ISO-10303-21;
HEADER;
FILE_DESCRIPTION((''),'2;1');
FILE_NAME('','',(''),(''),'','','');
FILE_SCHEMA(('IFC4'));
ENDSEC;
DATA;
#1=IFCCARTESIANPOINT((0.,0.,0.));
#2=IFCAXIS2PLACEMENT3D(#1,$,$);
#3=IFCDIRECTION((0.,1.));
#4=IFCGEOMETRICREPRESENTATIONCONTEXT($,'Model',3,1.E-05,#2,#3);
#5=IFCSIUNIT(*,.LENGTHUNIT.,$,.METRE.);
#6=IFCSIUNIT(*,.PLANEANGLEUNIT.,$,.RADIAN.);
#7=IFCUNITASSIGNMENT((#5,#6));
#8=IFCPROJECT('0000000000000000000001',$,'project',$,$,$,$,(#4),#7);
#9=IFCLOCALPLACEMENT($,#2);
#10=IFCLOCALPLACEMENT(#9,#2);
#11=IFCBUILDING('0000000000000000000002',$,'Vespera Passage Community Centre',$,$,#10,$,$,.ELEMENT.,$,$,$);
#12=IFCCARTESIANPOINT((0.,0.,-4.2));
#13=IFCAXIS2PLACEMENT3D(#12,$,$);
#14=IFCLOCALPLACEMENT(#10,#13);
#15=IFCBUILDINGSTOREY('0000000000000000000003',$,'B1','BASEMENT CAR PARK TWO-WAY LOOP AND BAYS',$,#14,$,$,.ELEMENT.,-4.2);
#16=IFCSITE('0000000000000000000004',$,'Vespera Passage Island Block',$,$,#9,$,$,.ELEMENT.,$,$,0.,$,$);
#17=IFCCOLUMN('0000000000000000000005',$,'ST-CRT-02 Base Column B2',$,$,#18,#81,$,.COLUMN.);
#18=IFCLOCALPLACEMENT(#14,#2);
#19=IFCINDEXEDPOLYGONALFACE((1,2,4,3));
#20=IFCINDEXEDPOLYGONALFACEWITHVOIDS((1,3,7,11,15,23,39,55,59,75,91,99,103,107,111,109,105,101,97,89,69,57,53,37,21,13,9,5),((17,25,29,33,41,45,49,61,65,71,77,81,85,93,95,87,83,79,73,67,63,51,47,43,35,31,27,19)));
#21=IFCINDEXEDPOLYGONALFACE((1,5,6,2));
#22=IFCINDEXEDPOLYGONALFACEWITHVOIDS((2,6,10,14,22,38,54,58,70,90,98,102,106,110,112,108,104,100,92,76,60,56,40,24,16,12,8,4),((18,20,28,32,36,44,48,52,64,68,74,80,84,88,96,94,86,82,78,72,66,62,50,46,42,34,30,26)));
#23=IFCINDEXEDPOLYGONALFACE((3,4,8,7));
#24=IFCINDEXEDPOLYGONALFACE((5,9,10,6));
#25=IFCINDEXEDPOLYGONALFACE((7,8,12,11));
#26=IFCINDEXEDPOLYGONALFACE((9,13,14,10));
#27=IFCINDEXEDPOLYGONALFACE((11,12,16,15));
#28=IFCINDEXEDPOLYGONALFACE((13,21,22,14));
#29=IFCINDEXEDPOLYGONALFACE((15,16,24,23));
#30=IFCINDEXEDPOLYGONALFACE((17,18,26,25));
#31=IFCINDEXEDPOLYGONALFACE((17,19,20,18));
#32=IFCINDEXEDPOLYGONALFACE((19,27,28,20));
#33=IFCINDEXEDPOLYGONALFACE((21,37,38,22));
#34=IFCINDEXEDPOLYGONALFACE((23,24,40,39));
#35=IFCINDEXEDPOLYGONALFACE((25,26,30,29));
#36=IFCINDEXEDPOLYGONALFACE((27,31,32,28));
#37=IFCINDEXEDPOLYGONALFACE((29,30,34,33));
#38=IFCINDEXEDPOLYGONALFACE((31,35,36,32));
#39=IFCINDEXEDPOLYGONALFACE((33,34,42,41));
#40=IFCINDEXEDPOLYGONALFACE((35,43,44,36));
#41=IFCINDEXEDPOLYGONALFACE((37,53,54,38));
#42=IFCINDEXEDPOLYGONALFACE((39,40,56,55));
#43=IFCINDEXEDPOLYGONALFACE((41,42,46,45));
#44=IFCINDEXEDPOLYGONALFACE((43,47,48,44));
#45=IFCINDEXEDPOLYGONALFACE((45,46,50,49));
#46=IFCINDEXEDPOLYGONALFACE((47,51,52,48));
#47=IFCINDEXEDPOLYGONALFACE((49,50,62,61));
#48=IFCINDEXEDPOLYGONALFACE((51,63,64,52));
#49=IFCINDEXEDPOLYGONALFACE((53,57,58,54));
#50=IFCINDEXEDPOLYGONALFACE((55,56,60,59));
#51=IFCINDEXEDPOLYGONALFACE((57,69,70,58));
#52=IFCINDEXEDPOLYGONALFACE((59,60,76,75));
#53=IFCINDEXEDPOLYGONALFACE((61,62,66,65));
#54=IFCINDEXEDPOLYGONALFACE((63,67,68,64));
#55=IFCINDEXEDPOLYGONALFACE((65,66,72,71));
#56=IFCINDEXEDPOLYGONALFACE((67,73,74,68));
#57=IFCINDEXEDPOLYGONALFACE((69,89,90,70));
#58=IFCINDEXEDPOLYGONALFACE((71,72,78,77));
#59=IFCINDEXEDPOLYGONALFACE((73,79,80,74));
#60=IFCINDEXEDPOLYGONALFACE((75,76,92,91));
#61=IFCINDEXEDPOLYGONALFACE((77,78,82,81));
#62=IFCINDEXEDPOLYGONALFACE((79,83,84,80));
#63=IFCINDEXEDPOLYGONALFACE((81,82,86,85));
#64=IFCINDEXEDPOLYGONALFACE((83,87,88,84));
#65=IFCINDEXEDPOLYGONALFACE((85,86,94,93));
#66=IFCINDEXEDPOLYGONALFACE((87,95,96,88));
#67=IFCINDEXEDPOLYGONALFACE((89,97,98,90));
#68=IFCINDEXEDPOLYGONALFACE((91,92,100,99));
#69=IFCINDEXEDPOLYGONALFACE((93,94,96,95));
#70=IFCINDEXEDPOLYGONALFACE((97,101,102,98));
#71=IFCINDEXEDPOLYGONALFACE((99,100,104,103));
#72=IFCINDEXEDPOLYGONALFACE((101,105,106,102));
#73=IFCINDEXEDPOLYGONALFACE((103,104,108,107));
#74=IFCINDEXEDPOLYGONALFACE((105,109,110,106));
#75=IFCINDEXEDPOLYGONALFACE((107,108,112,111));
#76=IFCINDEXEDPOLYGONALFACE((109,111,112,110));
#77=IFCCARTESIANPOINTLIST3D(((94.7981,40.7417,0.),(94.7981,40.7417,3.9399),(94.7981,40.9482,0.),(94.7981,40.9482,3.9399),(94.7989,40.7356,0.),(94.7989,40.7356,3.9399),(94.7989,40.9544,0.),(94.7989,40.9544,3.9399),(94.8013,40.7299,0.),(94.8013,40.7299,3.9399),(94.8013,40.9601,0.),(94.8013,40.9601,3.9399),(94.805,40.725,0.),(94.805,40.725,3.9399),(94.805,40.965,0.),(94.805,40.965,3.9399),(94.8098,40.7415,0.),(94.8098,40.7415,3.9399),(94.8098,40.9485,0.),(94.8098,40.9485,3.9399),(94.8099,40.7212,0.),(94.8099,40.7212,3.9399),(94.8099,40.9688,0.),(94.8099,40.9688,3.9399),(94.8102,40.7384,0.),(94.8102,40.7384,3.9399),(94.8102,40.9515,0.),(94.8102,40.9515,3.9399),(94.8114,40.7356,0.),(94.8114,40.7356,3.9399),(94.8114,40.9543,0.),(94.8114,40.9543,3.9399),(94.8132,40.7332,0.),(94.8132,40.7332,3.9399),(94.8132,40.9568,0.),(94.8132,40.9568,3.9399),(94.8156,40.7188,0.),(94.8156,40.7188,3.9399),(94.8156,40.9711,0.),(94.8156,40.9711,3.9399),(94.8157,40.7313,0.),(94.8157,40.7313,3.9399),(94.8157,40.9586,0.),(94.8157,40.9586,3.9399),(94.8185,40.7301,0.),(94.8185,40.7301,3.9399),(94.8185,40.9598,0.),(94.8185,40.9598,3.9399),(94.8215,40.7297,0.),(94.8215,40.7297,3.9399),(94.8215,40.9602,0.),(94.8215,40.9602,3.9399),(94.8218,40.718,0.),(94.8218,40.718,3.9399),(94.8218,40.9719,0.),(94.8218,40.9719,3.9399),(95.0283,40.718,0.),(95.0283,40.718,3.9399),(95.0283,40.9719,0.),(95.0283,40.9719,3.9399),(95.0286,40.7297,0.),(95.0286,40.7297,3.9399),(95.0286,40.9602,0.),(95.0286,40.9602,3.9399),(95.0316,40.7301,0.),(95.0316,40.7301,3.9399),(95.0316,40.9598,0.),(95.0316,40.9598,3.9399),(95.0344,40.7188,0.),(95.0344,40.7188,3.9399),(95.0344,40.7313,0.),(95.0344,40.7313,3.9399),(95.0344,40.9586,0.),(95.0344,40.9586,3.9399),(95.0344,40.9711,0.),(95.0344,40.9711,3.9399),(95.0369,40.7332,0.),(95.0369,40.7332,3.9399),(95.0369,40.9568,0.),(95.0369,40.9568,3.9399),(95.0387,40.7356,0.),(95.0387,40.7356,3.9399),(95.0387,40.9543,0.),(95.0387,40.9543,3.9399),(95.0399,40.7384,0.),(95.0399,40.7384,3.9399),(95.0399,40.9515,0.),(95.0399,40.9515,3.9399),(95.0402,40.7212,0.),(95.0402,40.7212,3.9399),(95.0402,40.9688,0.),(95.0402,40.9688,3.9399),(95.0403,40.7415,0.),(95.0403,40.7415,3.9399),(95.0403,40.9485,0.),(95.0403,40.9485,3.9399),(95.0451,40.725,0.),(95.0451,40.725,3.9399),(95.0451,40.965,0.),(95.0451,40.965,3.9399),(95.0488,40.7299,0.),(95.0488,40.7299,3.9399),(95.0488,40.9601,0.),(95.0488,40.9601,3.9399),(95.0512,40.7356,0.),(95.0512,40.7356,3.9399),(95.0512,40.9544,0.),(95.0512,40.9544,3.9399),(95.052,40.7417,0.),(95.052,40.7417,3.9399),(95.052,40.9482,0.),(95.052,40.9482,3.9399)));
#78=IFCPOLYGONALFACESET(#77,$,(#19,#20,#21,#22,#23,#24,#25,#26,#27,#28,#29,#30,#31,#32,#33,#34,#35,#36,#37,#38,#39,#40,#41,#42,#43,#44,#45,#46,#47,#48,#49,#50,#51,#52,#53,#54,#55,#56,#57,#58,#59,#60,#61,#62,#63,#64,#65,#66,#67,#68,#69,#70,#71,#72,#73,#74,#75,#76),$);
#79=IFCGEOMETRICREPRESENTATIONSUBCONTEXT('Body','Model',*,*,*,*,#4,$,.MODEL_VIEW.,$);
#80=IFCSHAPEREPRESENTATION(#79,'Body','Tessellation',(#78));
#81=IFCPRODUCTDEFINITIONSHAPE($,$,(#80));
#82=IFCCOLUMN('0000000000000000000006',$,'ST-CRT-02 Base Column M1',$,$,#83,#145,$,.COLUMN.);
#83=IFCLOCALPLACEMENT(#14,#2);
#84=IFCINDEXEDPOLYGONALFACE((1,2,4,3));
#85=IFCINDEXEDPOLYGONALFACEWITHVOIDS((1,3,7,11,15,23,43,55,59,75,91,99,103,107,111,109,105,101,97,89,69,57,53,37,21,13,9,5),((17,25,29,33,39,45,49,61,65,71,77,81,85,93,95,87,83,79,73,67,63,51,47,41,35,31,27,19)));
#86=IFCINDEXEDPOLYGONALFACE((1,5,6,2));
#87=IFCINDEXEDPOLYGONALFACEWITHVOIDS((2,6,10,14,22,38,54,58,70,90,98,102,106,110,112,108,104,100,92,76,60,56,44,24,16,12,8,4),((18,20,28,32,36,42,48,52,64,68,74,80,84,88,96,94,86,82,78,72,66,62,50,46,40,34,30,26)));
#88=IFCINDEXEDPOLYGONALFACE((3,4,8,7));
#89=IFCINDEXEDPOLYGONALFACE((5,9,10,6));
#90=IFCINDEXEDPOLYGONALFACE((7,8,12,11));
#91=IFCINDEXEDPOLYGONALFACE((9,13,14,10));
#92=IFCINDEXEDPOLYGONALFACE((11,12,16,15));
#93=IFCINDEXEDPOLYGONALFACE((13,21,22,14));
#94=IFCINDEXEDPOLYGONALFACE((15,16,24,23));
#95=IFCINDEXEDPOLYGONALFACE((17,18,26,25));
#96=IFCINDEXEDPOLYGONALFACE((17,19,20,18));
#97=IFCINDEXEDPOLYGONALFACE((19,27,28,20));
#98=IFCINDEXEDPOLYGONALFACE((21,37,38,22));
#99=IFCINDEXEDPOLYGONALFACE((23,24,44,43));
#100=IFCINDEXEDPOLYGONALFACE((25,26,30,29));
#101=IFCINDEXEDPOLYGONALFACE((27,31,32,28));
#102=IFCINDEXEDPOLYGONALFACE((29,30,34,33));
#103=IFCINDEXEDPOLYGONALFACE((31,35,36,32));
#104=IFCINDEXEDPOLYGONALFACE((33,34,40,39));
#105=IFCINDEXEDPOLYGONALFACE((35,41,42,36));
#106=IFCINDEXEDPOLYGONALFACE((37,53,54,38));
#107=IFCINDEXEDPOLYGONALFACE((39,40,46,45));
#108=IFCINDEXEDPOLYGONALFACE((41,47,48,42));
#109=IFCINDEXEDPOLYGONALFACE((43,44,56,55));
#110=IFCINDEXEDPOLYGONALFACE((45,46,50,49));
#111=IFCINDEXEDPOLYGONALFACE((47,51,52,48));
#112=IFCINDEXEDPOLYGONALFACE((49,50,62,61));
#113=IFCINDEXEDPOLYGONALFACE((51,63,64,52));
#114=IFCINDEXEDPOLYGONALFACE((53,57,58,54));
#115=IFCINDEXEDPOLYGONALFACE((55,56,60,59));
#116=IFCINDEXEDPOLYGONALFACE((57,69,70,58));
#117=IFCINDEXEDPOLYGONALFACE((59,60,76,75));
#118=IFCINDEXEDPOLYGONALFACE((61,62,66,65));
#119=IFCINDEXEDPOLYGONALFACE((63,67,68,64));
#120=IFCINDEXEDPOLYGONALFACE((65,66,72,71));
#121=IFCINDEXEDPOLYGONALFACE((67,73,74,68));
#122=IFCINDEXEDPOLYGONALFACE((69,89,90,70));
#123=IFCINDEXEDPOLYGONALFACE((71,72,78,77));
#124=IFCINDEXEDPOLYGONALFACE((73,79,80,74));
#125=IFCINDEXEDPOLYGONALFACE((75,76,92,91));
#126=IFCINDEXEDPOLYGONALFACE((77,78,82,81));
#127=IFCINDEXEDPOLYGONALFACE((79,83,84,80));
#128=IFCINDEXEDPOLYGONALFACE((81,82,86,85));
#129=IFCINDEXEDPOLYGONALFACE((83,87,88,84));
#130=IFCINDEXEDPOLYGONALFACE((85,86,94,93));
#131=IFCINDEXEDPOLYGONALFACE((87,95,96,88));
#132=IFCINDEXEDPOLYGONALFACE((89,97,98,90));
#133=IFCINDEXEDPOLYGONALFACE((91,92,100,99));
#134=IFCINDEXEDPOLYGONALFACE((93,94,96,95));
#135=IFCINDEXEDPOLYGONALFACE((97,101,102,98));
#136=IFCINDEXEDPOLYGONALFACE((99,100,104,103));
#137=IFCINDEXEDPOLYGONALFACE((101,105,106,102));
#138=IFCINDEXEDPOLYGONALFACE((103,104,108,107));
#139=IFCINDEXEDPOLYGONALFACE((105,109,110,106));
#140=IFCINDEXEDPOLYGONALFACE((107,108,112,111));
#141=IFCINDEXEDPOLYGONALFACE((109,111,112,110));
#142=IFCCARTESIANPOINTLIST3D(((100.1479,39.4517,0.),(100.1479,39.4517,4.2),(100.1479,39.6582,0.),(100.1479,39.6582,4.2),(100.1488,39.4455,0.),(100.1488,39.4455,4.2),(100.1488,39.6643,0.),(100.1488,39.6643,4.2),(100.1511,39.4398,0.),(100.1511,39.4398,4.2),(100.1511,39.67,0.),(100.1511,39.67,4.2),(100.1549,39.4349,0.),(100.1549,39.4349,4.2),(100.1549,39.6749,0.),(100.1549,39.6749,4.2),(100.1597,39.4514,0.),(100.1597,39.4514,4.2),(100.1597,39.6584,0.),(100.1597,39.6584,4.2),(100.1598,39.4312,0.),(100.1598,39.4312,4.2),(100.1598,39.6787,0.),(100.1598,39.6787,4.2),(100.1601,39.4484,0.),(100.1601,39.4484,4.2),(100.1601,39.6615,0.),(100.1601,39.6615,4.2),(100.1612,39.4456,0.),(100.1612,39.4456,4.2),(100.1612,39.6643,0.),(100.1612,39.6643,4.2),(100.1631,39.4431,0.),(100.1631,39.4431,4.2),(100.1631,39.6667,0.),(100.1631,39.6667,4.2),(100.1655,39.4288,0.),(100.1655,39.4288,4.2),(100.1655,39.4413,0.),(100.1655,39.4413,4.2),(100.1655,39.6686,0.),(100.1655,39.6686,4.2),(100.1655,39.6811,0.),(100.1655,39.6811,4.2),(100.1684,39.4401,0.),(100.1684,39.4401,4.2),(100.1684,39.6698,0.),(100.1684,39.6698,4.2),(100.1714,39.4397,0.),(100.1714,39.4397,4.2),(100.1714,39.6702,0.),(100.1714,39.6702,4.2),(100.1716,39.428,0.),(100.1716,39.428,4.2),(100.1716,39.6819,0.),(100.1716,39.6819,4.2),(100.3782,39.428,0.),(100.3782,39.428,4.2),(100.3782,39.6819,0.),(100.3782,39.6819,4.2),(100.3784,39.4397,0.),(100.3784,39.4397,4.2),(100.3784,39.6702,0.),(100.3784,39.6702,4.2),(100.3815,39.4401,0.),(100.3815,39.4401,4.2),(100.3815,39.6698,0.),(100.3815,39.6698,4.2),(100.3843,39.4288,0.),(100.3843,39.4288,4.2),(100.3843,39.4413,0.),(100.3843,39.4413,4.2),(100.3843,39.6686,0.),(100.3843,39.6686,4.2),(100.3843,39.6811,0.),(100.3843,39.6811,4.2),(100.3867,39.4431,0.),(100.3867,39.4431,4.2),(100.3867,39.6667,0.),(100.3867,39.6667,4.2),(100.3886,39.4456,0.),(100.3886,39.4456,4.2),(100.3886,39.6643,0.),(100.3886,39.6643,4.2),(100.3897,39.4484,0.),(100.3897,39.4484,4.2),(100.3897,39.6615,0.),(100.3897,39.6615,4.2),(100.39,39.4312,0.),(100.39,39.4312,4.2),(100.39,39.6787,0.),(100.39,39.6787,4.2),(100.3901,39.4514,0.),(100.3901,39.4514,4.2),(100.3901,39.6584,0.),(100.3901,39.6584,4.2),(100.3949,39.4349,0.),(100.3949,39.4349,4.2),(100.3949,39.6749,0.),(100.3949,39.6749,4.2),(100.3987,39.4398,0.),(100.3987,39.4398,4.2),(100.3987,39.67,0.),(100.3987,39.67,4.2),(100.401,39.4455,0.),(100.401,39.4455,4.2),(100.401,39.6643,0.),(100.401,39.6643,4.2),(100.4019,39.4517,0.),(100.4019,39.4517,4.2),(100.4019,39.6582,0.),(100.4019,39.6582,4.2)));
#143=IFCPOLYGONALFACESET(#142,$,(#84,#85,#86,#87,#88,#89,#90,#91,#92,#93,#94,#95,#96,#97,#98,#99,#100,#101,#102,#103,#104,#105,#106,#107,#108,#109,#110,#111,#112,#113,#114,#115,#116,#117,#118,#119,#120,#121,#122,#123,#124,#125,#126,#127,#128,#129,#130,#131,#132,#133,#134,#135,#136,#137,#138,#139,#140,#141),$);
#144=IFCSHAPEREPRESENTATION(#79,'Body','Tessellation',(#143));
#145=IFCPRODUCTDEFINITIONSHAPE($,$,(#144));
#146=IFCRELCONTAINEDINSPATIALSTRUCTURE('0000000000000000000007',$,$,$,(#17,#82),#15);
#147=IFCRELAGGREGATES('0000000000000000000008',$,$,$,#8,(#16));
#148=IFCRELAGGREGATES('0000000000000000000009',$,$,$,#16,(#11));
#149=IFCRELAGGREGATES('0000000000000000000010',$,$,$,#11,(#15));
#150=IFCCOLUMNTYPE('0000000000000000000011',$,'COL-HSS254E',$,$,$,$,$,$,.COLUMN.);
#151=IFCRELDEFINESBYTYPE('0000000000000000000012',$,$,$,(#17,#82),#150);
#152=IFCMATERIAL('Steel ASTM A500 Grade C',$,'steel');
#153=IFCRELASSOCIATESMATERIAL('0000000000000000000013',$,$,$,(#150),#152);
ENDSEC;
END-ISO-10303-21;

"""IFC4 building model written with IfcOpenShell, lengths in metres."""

from ifc_helpers import new_model, si_unit, direction, frame, origin, origin_2d, place, context, subcontext, project, spatial, hollow_rectangle, extrude, material, material_profile, profile_set, type_object, element, save


model = new_model("IFC4")

# Units and contexts
model_context = context("Model", 3, precision=1e-05, world=origin(), true_north=direction((0.0, 1.0)))
body_context = subcontext(model_context, "Body", "Model", "MODEL_VIEW")
ifc_project = project(units=[si_unit("LENGTHUNIT", "METRE"), si_unit("PLANEANGLEUNIT", "RADIAN")], contexts=[model_context])

# Site, building, storey
site_placement = place(None, origin())
site = spatial("IfcSite", under=ifc_project, at=site_placement, Name="Vespera Passage Island Block", CompositionType="ELEMENT", RefElevation=0.0)
building_placement = place(site_placement, origin())
building = spatial("IfcBuilding", under=site, at=building_placement, Name="Vespera Passage Community Centre", CompositionType="ELEMENT")
storey_placement = place(building_placement, frame((0.0, 0.0, -4.2)))
storey = spatial("IfcBuildingStorey", under=building, at=storey_placement, Name="B1", Description="BASEMENT CAR PARK TWO-WAY LOOP AND BAYS", CompositionType="ELEMENT", Elevation=-4.2)

# Columns
ifc_material_1 = material(Name="Steel ASTM A500 Grade C", Category="steel")
ifc_material_profile_1 = material_profile(ifc_material_1, hollow_rectangle(XDim=0.2539, YDim=0.2539, WallThickness=0.0117, InnerFilletRadius=0.0117, OuterFilletRadius=0.0237, at=origin_2d()), Name="HSS254X254X12.7")
ifc_profile_set_1 = profile_set([ifc_material_profile_1], Name="Steel ASTM A500 Grade C")
column_type_1 = type_object("IfcColumnType", Name="COL-HSS254E", PredefinedType="COLUMN", material=ifc_profile_set_1)
for number, where, z_axis, x_axis, name in (
    (1, (94.925, 40.845, 0.0), (0.0, 0.0, 1.0), (1.0, 0.0, 0.0), "ST-CRT-02 Base Column B2"),
):
    element("IfcColumn", number, at=place(storey_placement, frame(where, z_axis=z_axis, x_axis=x_axis)), inside=storey, type_object=column_type_1, Name=name, PredefinedType="COLUMN", context=body_context, shape_type="SweptSolid", body=[
        extrude(hollow_rectangle(XDim=0.2539, YDim=0.2539, WallThickness=0.0117, InnerFilletRadius=0.0117, OuterFilletRadius=0.0237, at=origin_2d()), origin(), (0.0, 0.0, 1.0), 3.9399),
    ])
for number, where, z_axis, x_axis, name in (
    (2, (100.2749, 39.5549, 0.0), (0.0, 0.0, 1.0), (1.0, 0.0, 0.0), "ST-CRT-02 Base Column M1"),
):
    element("IfcColumn", number, at=place(storey_placement, frame(where, z_axis=z_axis, x_axis=x_axis)), inside=storey, type_object=column_type_1, Name=name, PredefinedType="COLUMN", context=body_context, shape_type="SweptSolid", body=[
        extrude(hollow_rectangle(XDim=0.2539, YDim=0.2539, WallThickness=0.0117, InnerFilletRadius=0.0117, OuterFilletRadius=0.0237, at=origin_2d()), origin(), (0.0, 0.0, 1.0), 4.2),
    ])

save(model, "model.ifc")
